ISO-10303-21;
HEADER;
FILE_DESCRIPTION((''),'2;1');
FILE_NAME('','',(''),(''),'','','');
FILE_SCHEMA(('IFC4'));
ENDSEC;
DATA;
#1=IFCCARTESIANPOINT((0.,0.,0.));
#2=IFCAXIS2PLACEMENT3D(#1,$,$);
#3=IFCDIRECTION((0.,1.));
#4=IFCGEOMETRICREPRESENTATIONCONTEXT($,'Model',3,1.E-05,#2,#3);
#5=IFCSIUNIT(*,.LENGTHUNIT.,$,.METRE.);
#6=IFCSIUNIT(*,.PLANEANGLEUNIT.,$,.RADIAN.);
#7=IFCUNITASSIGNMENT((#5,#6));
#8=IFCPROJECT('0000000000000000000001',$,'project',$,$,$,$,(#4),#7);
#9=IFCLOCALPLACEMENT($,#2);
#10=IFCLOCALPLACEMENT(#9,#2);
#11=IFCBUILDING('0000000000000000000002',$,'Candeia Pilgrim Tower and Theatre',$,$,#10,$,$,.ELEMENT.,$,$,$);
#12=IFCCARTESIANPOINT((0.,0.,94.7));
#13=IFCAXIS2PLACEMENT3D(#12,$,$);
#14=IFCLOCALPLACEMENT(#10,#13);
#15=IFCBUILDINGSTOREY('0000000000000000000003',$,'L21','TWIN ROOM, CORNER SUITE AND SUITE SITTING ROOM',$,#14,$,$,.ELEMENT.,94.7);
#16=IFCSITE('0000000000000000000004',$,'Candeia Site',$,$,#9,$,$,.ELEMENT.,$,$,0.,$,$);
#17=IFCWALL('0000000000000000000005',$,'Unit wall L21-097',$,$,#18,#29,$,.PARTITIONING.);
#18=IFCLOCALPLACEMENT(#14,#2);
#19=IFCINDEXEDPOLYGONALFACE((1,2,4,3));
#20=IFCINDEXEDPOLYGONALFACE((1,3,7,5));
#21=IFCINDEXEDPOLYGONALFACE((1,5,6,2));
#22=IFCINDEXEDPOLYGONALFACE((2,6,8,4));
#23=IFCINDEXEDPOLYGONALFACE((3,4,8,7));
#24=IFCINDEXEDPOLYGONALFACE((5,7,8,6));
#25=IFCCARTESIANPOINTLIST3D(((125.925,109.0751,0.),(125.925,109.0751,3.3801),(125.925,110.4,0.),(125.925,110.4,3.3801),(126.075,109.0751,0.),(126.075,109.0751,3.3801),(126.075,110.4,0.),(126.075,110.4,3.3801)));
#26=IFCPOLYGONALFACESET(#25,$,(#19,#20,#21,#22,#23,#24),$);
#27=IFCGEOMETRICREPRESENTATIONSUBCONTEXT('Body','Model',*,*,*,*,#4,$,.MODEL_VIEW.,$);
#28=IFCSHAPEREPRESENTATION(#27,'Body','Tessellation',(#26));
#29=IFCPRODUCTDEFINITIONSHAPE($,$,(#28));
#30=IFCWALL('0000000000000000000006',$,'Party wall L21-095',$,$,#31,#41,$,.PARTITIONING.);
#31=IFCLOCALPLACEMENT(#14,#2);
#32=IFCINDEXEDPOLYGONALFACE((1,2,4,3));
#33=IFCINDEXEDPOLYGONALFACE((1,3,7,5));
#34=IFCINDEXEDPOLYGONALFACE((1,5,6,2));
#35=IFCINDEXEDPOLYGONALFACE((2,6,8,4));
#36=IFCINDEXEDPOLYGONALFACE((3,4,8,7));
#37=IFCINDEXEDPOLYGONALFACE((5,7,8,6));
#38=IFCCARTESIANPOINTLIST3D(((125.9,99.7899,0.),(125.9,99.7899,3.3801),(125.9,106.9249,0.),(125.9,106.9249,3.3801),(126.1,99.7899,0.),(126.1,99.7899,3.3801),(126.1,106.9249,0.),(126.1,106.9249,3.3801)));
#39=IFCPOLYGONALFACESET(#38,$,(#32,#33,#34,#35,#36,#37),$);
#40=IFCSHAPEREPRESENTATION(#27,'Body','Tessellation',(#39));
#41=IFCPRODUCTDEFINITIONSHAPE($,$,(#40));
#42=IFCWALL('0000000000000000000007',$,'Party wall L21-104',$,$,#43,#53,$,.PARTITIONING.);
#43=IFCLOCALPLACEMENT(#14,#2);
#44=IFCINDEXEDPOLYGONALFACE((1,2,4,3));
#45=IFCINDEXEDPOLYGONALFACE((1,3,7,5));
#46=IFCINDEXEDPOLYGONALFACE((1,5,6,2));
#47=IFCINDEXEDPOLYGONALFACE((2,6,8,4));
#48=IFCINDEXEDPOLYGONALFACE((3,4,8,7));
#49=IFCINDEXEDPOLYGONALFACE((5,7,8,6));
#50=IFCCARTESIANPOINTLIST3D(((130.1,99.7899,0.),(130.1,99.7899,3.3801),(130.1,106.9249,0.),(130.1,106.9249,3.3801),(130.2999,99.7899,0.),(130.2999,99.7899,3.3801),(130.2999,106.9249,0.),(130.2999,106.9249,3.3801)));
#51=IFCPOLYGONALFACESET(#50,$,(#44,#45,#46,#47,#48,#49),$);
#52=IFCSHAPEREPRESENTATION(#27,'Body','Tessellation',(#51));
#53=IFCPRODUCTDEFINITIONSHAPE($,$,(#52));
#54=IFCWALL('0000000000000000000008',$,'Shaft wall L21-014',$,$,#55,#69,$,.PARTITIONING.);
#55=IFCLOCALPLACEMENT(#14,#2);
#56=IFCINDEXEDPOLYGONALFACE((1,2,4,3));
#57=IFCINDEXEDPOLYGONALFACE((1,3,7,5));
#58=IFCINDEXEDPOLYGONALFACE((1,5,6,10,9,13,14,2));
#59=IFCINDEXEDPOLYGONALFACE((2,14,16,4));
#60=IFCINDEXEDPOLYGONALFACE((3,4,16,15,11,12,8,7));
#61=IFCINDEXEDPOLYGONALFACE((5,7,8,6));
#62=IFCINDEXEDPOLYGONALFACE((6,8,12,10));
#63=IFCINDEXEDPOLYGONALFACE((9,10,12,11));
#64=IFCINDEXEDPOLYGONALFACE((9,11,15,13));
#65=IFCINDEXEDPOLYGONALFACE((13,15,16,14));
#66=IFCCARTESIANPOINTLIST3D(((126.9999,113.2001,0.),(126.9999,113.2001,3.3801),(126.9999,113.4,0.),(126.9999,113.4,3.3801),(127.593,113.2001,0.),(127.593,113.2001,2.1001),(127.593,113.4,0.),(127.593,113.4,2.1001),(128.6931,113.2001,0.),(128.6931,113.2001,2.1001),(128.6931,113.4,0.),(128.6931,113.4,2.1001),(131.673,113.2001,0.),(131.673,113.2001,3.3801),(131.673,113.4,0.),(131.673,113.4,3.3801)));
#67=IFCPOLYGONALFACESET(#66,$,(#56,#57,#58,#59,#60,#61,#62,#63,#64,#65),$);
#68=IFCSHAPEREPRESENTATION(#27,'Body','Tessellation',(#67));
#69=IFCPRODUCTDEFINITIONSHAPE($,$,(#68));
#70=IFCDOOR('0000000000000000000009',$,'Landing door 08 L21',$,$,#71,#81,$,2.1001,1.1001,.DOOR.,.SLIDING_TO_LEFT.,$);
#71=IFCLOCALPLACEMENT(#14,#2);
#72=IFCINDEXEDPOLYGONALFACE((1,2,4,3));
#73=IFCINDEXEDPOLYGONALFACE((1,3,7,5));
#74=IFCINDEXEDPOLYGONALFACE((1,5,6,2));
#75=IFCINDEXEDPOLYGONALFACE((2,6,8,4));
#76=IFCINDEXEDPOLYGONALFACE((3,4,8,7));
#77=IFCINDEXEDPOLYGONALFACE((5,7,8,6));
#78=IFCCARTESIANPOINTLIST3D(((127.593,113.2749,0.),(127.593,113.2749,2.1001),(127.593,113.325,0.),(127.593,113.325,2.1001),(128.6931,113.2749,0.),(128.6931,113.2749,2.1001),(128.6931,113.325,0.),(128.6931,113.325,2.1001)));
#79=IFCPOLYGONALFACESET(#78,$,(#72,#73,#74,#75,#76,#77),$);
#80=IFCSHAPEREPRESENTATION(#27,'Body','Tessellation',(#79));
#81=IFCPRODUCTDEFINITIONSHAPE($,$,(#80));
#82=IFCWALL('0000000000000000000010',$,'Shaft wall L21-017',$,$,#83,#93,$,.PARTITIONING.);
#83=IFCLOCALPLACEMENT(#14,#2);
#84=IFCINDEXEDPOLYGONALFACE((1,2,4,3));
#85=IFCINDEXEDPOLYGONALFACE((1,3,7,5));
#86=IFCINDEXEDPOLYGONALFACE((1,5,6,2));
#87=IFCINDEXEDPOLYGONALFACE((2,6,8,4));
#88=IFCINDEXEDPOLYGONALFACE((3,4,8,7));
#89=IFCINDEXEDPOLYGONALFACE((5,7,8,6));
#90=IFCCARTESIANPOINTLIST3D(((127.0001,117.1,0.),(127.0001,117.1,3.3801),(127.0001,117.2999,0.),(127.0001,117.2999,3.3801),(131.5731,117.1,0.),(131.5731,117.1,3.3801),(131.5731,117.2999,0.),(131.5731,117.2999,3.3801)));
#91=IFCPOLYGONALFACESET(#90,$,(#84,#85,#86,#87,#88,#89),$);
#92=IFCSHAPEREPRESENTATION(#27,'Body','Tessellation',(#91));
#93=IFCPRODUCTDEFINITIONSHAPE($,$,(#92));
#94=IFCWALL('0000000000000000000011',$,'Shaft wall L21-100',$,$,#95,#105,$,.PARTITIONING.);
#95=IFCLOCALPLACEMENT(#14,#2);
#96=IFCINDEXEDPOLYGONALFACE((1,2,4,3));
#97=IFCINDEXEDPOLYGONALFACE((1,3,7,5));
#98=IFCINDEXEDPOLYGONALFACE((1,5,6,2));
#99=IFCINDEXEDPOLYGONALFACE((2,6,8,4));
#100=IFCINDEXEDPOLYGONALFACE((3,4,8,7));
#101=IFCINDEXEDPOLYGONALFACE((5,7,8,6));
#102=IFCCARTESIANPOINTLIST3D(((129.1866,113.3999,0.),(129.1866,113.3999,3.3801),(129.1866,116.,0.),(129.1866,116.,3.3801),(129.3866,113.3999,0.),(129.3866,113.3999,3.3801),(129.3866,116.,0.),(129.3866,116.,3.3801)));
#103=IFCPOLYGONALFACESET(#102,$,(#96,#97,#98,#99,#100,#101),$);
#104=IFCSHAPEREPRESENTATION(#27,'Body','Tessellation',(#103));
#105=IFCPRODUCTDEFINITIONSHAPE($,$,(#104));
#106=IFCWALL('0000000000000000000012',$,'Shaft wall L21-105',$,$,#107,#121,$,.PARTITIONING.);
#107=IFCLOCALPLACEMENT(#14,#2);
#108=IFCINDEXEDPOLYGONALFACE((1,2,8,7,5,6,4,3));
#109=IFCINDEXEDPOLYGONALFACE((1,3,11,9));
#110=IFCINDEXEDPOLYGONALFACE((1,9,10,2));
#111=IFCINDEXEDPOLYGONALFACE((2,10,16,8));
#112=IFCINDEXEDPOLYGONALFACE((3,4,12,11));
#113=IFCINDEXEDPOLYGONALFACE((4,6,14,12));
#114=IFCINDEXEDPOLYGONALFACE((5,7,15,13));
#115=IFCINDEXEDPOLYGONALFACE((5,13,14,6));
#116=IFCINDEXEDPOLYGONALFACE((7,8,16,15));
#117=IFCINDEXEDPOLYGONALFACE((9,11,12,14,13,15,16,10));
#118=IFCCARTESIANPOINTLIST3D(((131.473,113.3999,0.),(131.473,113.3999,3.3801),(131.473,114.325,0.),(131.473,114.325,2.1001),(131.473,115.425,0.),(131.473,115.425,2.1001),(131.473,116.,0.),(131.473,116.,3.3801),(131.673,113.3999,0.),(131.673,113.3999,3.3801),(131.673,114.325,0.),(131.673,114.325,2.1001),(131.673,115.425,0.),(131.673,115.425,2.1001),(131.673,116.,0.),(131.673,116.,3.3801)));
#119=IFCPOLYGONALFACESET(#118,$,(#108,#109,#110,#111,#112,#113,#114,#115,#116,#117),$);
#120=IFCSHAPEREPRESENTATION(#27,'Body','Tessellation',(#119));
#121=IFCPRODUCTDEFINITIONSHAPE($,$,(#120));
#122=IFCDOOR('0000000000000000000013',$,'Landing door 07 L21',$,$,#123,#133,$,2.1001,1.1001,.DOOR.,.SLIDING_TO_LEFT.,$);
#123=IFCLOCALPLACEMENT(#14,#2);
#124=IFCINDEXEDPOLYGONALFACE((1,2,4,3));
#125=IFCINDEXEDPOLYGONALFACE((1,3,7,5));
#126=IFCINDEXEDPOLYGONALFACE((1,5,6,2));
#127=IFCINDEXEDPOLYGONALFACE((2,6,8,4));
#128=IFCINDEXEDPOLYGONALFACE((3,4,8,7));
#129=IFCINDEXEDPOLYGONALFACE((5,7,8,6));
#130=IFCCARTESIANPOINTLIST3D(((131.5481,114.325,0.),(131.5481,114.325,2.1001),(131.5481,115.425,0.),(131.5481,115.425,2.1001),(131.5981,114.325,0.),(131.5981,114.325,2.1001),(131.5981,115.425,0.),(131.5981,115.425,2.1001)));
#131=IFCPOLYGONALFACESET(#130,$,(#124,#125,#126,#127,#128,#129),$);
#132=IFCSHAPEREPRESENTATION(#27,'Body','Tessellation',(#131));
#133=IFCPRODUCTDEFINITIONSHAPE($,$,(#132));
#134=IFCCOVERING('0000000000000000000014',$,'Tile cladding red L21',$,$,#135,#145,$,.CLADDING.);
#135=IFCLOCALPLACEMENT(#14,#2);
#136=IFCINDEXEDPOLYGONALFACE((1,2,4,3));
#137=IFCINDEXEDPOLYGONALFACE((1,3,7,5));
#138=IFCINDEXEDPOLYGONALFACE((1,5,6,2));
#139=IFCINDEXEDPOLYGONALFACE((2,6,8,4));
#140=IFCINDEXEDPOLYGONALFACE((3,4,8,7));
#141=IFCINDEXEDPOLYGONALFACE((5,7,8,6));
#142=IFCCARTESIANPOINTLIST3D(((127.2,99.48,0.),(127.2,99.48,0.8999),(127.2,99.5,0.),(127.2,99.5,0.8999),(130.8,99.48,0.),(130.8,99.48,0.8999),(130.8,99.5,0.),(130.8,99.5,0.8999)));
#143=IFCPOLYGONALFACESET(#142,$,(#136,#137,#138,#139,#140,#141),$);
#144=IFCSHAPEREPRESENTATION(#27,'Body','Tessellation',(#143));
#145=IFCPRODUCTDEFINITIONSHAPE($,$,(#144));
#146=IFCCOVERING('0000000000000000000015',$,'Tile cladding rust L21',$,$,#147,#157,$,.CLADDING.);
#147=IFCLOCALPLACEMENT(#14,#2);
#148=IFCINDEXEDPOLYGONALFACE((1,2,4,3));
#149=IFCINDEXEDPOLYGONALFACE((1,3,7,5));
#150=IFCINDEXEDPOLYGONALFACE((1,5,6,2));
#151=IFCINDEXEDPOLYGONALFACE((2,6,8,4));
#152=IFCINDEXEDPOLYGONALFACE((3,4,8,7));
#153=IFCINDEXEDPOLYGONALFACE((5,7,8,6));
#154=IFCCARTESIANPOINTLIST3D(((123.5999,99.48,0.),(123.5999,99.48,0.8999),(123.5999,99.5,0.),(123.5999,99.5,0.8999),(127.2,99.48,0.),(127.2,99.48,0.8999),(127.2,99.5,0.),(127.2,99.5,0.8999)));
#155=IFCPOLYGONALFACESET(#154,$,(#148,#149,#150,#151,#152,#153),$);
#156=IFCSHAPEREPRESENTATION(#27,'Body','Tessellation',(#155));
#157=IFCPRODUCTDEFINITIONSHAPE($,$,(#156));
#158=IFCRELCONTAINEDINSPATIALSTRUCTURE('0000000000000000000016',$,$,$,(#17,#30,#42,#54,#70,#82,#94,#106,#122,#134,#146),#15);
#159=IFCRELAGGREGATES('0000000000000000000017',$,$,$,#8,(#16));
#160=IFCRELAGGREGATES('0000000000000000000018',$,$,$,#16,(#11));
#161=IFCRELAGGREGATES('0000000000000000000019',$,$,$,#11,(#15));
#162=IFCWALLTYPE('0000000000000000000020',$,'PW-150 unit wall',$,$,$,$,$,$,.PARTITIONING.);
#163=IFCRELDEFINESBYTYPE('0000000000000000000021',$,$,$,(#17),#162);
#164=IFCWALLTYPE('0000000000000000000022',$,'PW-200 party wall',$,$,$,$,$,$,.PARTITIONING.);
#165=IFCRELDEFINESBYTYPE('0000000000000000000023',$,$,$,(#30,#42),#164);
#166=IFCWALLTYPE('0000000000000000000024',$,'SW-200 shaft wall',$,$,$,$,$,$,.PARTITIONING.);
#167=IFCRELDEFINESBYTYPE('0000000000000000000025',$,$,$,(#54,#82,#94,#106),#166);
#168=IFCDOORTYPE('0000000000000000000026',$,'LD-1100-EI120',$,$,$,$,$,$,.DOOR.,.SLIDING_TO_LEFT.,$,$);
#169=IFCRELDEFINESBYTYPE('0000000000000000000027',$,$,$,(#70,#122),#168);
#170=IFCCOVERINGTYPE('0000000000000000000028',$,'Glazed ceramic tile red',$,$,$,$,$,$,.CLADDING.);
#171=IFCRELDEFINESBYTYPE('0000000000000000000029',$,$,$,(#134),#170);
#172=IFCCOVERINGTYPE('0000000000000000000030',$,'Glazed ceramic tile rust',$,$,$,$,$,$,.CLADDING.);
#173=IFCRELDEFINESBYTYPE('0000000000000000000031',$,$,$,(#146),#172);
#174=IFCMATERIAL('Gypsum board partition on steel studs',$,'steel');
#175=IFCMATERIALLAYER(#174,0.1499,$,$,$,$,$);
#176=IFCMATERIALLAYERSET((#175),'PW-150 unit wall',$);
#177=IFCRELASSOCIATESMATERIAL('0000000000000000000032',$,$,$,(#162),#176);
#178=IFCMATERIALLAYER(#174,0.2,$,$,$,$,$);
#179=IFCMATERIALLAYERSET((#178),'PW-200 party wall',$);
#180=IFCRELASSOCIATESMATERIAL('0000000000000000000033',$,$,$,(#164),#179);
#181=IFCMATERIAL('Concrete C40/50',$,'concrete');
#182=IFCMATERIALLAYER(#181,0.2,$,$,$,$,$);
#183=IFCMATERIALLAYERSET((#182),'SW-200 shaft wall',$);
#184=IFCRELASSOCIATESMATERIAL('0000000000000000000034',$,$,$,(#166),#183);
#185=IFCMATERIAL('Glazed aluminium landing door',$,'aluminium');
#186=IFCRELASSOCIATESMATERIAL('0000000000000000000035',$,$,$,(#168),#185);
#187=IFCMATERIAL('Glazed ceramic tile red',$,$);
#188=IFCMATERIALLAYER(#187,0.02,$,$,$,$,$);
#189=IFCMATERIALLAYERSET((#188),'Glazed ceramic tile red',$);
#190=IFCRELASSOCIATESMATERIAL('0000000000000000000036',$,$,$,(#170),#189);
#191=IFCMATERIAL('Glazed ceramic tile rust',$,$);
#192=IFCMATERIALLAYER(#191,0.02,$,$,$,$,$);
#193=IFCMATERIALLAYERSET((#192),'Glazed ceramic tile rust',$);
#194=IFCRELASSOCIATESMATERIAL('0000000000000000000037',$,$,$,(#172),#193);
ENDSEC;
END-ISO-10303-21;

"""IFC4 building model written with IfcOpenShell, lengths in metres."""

from ifc_helpers import new_model, si_unit, direction, frame, frame_2d, origin, origin_2d, place, context, subcontext, project, spatial, rectangle, extrude, material, layer, layer_set, type_object, element, fill, save


model = new_model("IFC4")

# Units and contexts
model_context = context("Model", 3, precision=1e-05, world=origin(), true_north=direction((0.0, 1.0)))
body_context = subcontext(model_context, "Body", "Model", "MODEL_VIEW")
ifc_project = project(units=[si_unit("LENGTHUNIT", "METRE"), si_unit("PLANEANGLEUNIT", "RADIAN")], contexts=[model_context])

# Site, building, storey
site_placement = place(None, origin())
site = spatial("IfcSite", under=ifc_project, at=site_placement, Name="Candeia Site", CompositionType="ELEMENT", RefElevation=0.0)
building_placement = place(site_placement, origin())
building = spatial("IfcBuilding", under=site, at=building_placement, Name="Candeia Pilgrim Tower and Theatre", CompositionType="ELEMENT")
storey_placement = place(building_placement, frame((0.0, 0.0, 94.7)))
storey = spatial("IfcBuildingStorey", under=building, at=storey_placement, Name="L21", Description="TWIN ROOM, CORNER SUITE AND SUITE SITTING ROOM", CompositionType="ELEMENT", Elevation=94.7)

# Shared definitions
ifc_material_1 = material(Name="Gypsum board partition on steel studs", Category="steel")

# Walls
ifc_layer_1 = layer(ifc_material_1, 0.1499)
ifc_layer_set_1 = layer_set([ifc_layer_1], Name="PW-150 unit wall")
wall_type_1 = type_object("IfcWallType", Name="PW-150 unit wall", PredefinedType="PARTITIONING", material=ifc_layer_set_1)
wall_1_placement = place(storey_placement, frame((126.0, 109.075, 0.0), z_axis=(0.0, 0.0, 1.0), x_axis=(0.0, 1.0, 0.0)))
element("IfcWall", 1, at=wall_1_placement, inside=storey, type_object=wall_type_1, Name="Unit wall L21-097", PredefinedType="PARTITIONING", context=body_context, shape_type="SweptSolid", body=[
    extrude(rectangle(XDim=1.325, YDim=0.1499, at=frame_2d((0.6626, 0.0))), origin(), (0.0, 0.0, 1.0), 3.3801),
])
ifc_layer_2 = layer(ifc_material_1, 0.2)
ifc_layer_set_2 = layer_set([ifc_layer_2], Name="PW-200 party wall")
wall_type_2 = type_object("IfcWallType", Name="PW-200 party wall", PredefinedType="PARTITIONING", material=ifc_layer_set_2)
for number, where, z_axis, x_axis, name in (
    (2, (126.0, 99.79, 0.0), (0.0, 0.0, 1.0), (0.0, 1.0, 0.0), "Party wall L21-095"),
    (3, (130.2, 99.79, 0.0), (0.0, 0.0, 1.0), (0.0, 1.0, 0.0), "Party wall L21-104"),
):
    element("IfcWall", number, at=place(storey_placement, frame(where, z_axis=z_axis, x_axis=x_axis)), inside=storey, type_object=wall_type_2, Name=name, PredefinedType="PARTITIONING", context=body_context, shape_type="SweptSolid", body=[
        extrude(rectangle(XDim=7.135, YDim=0.2, at=frame_2d((3.5674, 0.0))), origin(), (0.0, 0.0, 1.0), 3.3801),
    ])

# Wall, opening, door
ifc_material_2 = material(Name="Concrete C40/50", Category="concrete")
ifc_layer_3 = layer(ifc_material_2, 0.2)
ifc_layer_set_3 = layer_set([ifc_layer_3], Name="SW-200 shaft wall")
wall_type_3 = type_object("IfcWallType", Name="SW-200 shaft wall", PredefinedType="PARTITIONING", material=ifc_layer_set_3)
wall_2_placement = place(storey_placement, frame((127.0, 113.3, 0.0), z_axis=(0.0, 0.0, 1.0), x_axis=(1.0, 0.0, 0.0)))
wall_2 = element("IfcWall", 4, at=wall_2_placement, inside=storey, type_object=wall_type_3, Name="Shaft wall L21-014", PredefinedType="PARTITIONING", context=body_context, shape_type="SweptSolid", body=[
    extrude(rectangle(XDim=4.6731, YDim=0.2, at=frame_2d((2.3364, 0.0))), origin(), (0.0, 0.0, 1.0), 3.3801),
])
opening_1_placement = place(wall_2_placement, frame((0.593, 0.0, 0.0)))
opening_1 = element("IfcOpeningElement", 5, at=opening_1_placement, cuts=wall_2, PredefinedType="OPENING", context=body_context, shape_type="SweptSolid", body=[
    extrude(rectangle(XDim=1.1001, YDim=2.1001, at=frame_2d((0.55, 1.05))), frame((0.0, 0.1099, 0.0), z_axis=(0.0, -1.0, 0.0), x_axis=(1.0, 0.0, 0.0)), (0.0, 0.0, 1.0), 0.22),
])
ifc_material_3 = material(Name="Glazed aluminium landing door", Category="aluminium")
door_type_1 = type_object("IfcDoorType", Name="LD-1100-EI120", OperationType="SLIDING_TO_LEFT", PredefinedType="DOOR", material=ifc_material_3)
door_1_placement = place(opening_1_placement, origin())
door_1 = element("IfcDoor", 6, at=door_1_placement, inside=storey, type_object=door_type_1, Name="Landing door 08 L21", OperationType="SLIDING_TO_LEFT", OverallHeight=2.1001, OverallWidth=1.1001, PredefinedType="DOOR", context=body_context, shape_type="SweptSolid", body=[
    extrude(rectangle(XDim=1.1001, YDim=2.1001, at=frame_2d((0.55, 1.05))), frame((0.0, 0.0249, 0.0), z_axis=(0.0, -1.0, 0.0), x_axis=(1.0, 0.0, 0.0)), (0.0, 0.0, 1.0), 0.05),
])
fill(opening_1, door_1)

# Walls
wall_3_placement = place(storey_placement, frame((127.0, 117.2, 0.0), z_axis=(0.0, 0.0, 1.0), x_axis=(1.0, 0.0, 0.0)))
element("IfcWall", 7, at=wall_3_placement, inside=storey, type_object=wall_type_3, Name="Shaft wall L21-017", PredefinedType="PARTITIONING", context=body_context, shape_type="SweptSolid", body=[
    extrude(rectangle(XDim=4.573, YDim=0.2, at=frame_2d((2.2866, 0.0))), origin(), (0.0, 0.0, 1.0), 3.3801),
])
wall_4_placement = place(storey_placement, frame((129.2866, 113.3999, 0.0), z_axis=(0.0, 0.0, 1.0), x_axis=(0.0, 1.0, 0.0)))
element("IfcWall", 8, at=wall_4_placement, inside=storey, type_object=wall_type_3, Name="Shaft wall L21-100", PredefinedType="PARTITIONING", context=body_context, shape_type="SweptSolid", body=[
    extrude(rectangle(XDim=2.6001, YDim=0.2, at=frame_2d((1.3, 0.0))), origin(), (0.0, 0.0, 1.0), 3.3801),
])

# Wall, opening, door
wall_5_placement = place(storey_placement, frame((131.573, 113.3999, 0.0), z_axis=(0.0, 0.0, 1.0), x_axis=(0.0, 1.0, 0.0)))
wall_5 = element("IfcWall", 9, at=wall_5_placement, inside=storey, type_object=wall_type_3, Name="Shaft wall L21-105", PredefinedType="PARTITIONING", context=body_context, shape_type="SweptSolid", body=[
    extrude(rectangle(XDim=2.6001, YDim=0.2, at=frame_2d((1.3, 0.0))), origin(), (0.0, 0.0, 1.0), 3.3801),
])
opening_2_placement = place(wall_5_placement, frame((0.925, 0.0, 0.0)))
opening_2 = element("IfcOpeningElement", 10, at=opening_2_placement, cuts=wall_5, PredefinedType="OPENING", context=body_context, shape_type="SweptSolid", body=[
    extrude(rectangle(XDim=1.1001, YDim=2.1001, at=frame_2d((0.55, 1.05))), frame((0.0, 0.1099, 0.0), z_axis=(0.0, -1.0, 0.0), x_axis=(1.0, 0.0, 0.0)), (0.0, 0.0, 1.0), 0.22),
])
door_2_placement = place(opening_2_placement, origin())
door_2 = element("IfcDoor", 11, at=door_2_placement, inside=storey, type_object=door_type_1, Name="Landing door 07 L21", OperationType="SLIDING_TO_LEFT", OverallHeight=2.1001, OverallWidth=1.1001, PredefinedType="DOOR", context=body_context, shape_type="SweptSolid", body=[
    extrude(rectangle(XDim=1.1001, YDim=2.1001, at=frame_2d((0.55, 1.05))), frame((0.0, 0.0249, 0.0), z_axis=(0.0, -1.0, 0.0), x_axis=(1.0, 0.0, 0.0)), (0.0, 0.0, 1.0), 0.05),
])
fill(opening_2, door_2)

# Coverings
ifc_material_4 = material(Name="Glazed ceramic tile red")
ifc_layer_4 = layer(ifc_material_4, 0.02)
ifc_layer_set_4 = layer_set([ifc_layer_4], Name="Glazed ceramic tile red")
covering_type_1 = type_object("IfcCoveringType", Name="Glazed ceramic tile red", PredefinedType="CLADDING", material=ifc_layer_set_4)
covering_1_placement = place(storey_placement, frame((129.0, 99.49, 0.0), z_axis=(0.0, 0.0, 1.0), x_axis=(1.0, 0.0, 0.0)))
element("IfcCovering", 12, at=covering_1_placement, inside=storey, type_object=covering_type_1, Name="Tile cladding red L21", PredefinedType="CLADDING", context=body_context, shape_type="SweptSolid", body=[
    extrude(rectangle(XDim=3.6001, YDim=0.02, at=origin_2d()), origin(), (0.0, 0.0, 1.0), 0.8999),
])
ifc_material_5 = material(Name="Glazed ceramic tile rust")
ifc_layer_5 = layer(ifc_material_5, 0.02)
ifc_layer_set_5 = layer_set([ifc_layer_5], Name="Glazed ceramic tile rust")
covering_type_2 = type_object("IfcCoveringType", Name="Glazed ceramic tile rust", PredefinedType="CLADDING", material=ifc_layer_set_5)
covering_2_placement = place(storey_placement, frame((125.3999, 99.49, 0.0), z_axis=(0.0, 0.0, 1.0), x_axis=(1.0, 0.0, 0.0)))
element("IfcCovering", 13, at=covering_2_placement, inside=storey, type_object=covering_type_2, Name="Tile cladding rust L21", PredefinedType="CLADDING", context=body_context, shape_type="SweptSolid", body=[
    extrude(rectangle(XDim=3.6001, YDim=0.02, at=origin_2d()), origin(), (0.0, 0.0, 1.0), 0.8999),
])

save(model, "model.ifc")
